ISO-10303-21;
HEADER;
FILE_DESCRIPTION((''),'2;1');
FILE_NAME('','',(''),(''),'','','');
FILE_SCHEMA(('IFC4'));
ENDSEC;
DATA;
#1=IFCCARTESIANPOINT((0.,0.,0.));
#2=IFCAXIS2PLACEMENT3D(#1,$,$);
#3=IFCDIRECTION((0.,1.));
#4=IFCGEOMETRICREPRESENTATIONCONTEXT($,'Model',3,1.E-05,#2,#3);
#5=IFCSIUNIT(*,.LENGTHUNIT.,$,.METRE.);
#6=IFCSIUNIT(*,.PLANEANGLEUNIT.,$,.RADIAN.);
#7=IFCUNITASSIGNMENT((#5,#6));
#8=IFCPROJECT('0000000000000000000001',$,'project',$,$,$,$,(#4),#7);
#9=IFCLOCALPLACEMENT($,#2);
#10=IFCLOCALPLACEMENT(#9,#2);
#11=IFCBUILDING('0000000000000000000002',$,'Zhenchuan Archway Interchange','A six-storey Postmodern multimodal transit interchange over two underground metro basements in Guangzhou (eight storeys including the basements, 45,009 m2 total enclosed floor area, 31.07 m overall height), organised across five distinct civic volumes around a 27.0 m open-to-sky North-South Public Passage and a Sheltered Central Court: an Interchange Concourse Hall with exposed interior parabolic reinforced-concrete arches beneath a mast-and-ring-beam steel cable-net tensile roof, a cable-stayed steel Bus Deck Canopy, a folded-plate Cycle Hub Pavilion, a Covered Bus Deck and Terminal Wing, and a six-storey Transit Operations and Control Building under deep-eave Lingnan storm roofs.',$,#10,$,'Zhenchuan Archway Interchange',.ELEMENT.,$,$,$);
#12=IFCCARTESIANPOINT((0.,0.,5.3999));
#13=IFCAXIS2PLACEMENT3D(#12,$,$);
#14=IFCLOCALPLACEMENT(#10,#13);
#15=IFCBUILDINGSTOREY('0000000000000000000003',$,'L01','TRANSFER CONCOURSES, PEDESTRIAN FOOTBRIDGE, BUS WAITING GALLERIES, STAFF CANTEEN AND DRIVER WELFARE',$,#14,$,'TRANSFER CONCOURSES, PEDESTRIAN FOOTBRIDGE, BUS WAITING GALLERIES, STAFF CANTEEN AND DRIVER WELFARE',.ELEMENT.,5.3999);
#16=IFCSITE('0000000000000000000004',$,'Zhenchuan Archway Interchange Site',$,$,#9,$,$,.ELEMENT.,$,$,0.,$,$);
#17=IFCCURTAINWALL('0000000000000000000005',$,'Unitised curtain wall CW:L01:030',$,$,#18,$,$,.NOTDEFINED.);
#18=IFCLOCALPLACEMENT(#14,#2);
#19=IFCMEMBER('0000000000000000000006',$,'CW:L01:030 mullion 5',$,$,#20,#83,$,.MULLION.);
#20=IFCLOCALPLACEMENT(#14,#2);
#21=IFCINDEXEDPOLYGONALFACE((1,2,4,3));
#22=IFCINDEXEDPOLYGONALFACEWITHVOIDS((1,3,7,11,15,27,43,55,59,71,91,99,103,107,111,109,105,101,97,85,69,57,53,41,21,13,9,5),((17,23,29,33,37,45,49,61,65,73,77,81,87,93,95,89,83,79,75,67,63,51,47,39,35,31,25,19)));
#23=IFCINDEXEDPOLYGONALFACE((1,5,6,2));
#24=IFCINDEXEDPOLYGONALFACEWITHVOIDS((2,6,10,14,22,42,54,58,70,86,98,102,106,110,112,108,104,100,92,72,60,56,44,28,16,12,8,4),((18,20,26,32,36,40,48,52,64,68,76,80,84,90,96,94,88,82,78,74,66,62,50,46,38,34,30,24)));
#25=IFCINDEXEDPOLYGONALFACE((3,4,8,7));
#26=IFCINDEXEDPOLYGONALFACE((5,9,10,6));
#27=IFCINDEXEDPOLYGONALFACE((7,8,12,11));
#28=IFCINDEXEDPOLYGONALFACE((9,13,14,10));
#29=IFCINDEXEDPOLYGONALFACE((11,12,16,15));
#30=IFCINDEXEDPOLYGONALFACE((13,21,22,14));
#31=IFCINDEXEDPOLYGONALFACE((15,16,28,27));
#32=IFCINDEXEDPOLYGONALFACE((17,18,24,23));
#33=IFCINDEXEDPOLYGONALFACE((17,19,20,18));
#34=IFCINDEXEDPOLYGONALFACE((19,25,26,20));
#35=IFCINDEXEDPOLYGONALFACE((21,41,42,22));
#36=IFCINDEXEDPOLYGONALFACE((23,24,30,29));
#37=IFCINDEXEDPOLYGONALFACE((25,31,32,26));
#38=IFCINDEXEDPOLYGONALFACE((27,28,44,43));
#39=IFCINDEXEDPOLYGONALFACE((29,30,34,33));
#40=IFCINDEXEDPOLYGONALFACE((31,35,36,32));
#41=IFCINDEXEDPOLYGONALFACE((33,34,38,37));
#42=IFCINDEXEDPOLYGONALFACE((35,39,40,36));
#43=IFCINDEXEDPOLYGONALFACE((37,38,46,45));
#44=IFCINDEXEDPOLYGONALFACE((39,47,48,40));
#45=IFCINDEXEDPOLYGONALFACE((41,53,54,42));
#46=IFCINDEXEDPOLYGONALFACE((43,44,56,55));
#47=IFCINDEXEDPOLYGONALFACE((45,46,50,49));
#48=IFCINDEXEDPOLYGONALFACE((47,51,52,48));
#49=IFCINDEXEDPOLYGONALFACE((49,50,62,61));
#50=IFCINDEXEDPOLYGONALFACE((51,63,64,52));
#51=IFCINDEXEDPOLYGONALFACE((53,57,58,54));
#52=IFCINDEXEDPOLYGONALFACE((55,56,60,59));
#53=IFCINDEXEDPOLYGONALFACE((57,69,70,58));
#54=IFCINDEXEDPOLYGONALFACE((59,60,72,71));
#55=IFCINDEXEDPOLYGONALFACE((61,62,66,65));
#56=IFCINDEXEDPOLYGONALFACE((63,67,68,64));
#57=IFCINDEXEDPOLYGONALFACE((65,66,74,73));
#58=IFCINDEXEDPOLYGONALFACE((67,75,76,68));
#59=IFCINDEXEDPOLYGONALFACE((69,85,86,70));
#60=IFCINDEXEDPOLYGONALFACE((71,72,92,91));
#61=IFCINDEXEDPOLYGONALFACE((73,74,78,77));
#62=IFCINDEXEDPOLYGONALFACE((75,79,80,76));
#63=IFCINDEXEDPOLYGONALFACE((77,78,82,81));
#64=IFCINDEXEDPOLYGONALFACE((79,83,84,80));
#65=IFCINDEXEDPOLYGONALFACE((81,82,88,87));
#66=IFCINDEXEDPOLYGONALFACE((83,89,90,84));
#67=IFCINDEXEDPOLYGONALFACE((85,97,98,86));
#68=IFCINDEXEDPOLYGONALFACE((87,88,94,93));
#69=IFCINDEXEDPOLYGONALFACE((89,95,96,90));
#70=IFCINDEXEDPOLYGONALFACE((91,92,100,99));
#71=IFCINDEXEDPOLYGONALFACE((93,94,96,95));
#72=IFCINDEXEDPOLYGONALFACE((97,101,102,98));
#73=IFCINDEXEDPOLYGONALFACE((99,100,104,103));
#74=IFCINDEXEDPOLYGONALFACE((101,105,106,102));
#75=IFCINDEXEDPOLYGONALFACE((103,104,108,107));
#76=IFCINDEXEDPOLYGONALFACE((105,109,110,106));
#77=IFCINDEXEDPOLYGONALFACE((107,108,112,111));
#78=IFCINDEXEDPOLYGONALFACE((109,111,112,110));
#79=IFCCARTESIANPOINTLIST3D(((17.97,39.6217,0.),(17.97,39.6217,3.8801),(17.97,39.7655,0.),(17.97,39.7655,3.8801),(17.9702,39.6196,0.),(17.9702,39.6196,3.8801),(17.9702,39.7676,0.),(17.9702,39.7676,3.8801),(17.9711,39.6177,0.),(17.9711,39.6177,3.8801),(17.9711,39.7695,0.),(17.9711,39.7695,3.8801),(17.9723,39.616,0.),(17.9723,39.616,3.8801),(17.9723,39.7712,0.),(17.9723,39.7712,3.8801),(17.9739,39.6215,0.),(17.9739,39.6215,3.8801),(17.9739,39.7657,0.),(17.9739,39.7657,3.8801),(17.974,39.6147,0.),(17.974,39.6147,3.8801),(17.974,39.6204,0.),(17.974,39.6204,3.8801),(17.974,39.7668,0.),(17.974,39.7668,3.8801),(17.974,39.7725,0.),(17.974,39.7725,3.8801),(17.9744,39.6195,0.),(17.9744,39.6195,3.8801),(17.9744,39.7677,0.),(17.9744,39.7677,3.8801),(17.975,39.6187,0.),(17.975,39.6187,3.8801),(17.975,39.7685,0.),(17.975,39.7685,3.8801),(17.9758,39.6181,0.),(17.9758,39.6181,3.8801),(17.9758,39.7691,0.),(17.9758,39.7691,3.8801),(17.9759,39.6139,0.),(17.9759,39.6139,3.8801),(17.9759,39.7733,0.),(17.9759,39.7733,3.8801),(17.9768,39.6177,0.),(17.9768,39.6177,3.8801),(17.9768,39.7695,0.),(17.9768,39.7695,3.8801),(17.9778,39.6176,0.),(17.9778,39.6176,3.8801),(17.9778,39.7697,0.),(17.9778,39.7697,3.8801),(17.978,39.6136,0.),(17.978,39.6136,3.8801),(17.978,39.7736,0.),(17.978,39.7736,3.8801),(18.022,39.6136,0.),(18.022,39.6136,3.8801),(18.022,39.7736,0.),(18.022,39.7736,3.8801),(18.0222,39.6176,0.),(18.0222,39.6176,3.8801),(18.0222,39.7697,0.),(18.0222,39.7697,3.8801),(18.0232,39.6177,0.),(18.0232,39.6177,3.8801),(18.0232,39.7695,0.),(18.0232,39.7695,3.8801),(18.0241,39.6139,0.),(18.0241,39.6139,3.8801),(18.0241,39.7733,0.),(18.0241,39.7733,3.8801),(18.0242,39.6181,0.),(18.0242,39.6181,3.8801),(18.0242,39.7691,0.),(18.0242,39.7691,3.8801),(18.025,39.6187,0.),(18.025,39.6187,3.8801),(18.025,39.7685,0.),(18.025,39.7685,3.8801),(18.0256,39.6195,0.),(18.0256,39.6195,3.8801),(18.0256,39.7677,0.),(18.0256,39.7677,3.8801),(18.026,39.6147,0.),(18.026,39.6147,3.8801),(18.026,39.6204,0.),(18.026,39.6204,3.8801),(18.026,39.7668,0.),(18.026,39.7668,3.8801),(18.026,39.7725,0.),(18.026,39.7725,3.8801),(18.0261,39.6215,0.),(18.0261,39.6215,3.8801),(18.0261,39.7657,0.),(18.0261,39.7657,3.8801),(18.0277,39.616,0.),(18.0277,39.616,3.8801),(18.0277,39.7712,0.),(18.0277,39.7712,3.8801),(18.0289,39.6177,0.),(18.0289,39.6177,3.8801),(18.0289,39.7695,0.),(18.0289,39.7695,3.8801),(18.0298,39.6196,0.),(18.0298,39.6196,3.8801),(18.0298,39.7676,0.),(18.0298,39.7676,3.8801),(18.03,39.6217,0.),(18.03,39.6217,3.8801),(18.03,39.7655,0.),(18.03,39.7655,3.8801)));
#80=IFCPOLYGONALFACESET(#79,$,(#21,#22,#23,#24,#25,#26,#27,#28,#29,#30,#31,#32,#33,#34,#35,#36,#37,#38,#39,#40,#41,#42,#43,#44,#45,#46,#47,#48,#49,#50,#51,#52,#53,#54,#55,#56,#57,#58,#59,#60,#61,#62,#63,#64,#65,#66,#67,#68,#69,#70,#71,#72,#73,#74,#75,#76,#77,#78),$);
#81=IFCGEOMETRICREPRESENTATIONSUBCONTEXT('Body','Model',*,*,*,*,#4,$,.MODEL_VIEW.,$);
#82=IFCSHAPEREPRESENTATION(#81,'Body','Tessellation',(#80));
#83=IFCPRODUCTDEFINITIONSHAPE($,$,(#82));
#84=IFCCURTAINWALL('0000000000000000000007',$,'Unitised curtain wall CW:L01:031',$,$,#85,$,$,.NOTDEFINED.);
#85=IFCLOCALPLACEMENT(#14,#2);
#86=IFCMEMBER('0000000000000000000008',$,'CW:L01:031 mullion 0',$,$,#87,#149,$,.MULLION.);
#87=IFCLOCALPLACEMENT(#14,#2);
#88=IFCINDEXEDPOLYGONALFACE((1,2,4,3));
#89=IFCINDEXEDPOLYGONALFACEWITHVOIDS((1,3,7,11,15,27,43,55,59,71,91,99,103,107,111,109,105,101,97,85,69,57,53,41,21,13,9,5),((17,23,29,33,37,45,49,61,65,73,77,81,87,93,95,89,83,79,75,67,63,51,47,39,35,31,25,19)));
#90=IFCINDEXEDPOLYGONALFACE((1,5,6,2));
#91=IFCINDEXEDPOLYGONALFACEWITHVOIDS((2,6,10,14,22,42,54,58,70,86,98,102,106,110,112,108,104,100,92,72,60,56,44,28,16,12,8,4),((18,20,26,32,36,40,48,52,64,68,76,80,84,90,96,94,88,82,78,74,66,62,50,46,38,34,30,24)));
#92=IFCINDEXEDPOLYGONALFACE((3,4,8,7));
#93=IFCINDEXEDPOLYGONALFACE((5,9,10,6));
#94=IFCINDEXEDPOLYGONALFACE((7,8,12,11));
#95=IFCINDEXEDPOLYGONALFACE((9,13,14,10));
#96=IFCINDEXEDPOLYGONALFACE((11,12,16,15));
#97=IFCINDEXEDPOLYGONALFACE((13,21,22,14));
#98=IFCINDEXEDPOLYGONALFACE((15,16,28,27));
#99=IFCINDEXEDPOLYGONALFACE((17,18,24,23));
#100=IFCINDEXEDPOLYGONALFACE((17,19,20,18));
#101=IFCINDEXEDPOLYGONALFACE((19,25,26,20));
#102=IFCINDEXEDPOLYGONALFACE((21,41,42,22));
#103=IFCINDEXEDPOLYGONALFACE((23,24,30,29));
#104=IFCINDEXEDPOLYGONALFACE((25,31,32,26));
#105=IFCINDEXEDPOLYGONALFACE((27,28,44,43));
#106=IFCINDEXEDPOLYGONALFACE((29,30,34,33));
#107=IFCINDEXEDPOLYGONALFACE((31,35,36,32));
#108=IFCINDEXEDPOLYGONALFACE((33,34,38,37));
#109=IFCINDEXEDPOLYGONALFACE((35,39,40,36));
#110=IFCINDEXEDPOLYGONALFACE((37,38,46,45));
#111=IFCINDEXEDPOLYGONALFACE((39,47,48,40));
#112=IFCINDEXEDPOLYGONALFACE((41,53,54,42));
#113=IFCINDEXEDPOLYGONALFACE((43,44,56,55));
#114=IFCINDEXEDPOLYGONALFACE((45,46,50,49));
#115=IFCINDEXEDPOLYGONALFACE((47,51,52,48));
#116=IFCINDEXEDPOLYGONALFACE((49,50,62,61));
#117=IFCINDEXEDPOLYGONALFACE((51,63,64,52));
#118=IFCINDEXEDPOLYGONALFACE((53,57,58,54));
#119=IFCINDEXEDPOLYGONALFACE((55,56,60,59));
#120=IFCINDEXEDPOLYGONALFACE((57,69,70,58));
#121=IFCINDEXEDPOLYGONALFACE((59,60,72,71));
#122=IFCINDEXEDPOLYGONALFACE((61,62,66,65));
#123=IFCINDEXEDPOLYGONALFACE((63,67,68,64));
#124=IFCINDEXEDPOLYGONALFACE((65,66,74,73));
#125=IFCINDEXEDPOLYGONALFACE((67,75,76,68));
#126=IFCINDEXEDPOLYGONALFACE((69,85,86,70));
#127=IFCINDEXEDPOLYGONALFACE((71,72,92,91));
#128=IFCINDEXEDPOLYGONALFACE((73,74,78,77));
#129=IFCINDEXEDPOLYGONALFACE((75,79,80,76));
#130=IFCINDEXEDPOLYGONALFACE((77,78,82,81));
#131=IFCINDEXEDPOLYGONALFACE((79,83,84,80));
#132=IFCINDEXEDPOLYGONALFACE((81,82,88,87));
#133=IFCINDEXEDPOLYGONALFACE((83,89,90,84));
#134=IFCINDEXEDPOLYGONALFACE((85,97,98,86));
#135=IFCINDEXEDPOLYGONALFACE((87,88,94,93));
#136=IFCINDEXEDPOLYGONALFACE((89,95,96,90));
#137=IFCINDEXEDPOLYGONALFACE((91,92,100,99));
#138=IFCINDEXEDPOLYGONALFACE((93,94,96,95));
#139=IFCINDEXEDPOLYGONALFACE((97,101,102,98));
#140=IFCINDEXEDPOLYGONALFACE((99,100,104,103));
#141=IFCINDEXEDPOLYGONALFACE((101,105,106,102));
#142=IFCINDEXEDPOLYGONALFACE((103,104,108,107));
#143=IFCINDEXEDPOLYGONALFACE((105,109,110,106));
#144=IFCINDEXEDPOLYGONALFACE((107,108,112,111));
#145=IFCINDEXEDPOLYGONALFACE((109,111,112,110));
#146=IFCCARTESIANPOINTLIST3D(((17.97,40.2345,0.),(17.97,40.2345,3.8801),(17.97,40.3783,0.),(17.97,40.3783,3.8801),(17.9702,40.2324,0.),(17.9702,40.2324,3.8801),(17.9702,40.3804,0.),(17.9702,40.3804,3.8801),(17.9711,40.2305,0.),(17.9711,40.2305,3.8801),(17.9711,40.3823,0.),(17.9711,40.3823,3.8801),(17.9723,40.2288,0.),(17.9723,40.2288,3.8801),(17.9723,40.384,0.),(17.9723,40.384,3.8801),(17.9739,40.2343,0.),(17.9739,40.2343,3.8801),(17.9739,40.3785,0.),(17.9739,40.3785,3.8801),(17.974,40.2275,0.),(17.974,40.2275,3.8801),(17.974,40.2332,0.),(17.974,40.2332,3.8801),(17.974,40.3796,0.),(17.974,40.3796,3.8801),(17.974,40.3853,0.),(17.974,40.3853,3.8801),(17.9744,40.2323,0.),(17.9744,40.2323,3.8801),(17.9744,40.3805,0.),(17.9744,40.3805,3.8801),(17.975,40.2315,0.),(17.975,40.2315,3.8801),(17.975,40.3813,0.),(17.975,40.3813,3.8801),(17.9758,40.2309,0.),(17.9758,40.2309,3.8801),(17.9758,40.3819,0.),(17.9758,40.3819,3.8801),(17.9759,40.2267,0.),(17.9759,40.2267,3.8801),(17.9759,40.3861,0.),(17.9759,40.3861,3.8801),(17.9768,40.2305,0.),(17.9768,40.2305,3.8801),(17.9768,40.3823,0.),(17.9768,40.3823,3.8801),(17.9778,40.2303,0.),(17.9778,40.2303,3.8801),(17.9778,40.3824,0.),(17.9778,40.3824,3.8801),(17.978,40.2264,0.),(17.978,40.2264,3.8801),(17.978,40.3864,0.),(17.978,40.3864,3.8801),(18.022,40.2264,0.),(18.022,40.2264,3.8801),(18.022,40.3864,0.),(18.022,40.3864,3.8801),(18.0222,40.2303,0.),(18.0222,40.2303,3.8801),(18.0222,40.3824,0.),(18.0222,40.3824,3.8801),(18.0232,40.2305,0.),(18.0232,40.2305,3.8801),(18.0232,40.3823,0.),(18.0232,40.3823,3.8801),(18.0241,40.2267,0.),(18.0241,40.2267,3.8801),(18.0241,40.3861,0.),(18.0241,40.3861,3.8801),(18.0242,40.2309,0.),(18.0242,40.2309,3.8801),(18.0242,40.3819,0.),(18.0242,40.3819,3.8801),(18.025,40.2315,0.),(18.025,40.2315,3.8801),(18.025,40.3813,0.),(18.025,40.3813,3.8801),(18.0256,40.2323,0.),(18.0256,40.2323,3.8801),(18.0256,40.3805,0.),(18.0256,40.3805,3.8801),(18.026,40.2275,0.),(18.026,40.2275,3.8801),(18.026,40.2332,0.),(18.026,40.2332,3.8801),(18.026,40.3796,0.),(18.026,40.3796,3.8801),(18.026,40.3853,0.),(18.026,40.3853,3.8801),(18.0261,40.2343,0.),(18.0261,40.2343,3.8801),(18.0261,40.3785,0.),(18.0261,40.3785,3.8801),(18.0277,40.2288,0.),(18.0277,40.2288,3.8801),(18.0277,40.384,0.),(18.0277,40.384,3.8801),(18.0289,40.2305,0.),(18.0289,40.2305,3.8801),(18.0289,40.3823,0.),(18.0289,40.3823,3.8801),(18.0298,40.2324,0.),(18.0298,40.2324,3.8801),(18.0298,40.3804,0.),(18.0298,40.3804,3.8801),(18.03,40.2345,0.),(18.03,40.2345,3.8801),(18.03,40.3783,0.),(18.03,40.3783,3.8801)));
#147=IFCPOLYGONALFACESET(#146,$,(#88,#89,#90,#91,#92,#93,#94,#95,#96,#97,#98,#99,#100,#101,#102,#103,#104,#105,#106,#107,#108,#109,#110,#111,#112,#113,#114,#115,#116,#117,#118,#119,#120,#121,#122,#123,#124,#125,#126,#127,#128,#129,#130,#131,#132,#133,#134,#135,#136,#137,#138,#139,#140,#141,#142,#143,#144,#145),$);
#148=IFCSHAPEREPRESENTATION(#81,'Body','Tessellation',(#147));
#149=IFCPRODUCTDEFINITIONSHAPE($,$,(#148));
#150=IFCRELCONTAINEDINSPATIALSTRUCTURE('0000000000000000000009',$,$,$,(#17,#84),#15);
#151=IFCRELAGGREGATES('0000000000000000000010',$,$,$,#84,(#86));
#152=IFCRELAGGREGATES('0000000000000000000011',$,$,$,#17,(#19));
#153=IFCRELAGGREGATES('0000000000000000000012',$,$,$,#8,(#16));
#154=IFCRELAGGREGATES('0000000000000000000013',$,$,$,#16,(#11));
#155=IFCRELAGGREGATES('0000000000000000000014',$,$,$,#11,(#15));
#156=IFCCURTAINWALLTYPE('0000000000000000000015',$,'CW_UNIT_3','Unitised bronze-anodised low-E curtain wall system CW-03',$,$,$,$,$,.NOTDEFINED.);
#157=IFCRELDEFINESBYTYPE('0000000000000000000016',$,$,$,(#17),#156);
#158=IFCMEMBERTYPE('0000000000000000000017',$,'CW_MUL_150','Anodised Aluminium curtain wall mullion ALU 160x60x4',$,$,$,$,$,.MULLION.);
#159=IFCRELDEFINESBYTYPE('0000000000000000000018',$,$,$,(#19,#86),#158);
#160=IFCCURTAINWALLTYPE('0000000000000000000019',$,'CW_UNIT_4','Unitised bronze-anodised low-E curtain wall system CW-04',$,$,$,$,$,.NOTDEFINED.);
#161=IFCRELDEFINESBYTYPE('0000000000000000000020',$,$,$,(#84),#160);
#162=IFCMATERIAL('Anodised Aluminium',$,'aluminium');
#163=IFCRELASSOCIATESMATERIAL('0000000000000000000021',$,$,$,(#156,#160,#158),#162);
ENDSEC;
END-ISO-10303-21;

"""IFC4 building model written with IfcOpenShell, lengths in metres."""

from ifc_helpers import new_model, si_unit, direction, frame, origin, origin_2d, place, context, subcontext, project, spatial, hollow_rectangle, extrude, material, material_profile, profile_set, type_object, element, aggregate, save


model = new_model("IFC4")

# Units and contexts
model_context = context("Model", 3, precision=1e-05, world=origin(), true_north=direction((0.0, 1.0)))
body_context = subcontext(model_context, "Body", "Model", "MODEL_VIEW")
ifc_project = project(units=[si_unit("LENGTHUNIT", "METRE"), si_unit("PLANEANGLEUNIT", "RADIAN")], contexts=[model_context])

# Site, building, storey
site_placement = place(None, origin())
site = spatial("IfcSite", under=ifc_project, at=site_placement, Name="Zhenchuan Archway Interchange Site", CompositionType="ELEMENT", RefElevation=0.0)
building_placement = place(site_placement, origin())
building = spatial("IfcBuilding", under=site, at=building_placement, Name="Zhenchuan Archway Interchange", Description="A six-storey Postmodern multimodal transit interchange over two underground metro basements in Guangzhou (eight storeys including the basements, 45,009 m2 total enclosed floor area, 31.07 m overall height), organised across five distinct civic volumes around a 27.0 m open-to-sky North-South Public Passage and a Sheltered Central Court: an Interchange Concourse Hall with exposed interior parabolic reinforced-concrete arches beneath a mast-and-ring-beam steel cable-net tensile roof, a cable-stayed steel Bus Deck Canopy, a folded-plate Cycle Hub Pavilion, a Covered Bus Deck and Terminal Wing, and a six-storey Transit Operations and Control Building under deep-eave Lingnan storm roofs.", LongName="Zhenchuan Archway Interchange", CompositionType="ELEMENT")
storey_placement = place(building_placement, frame((0.0, 0.0, 5.3999)))
storey = spatial("IfcBuildingStorey", under=building, at=storey_placement, Name="L01", Description="TRANSFER CONCOURSES, PEDESTRIAN FOOTBRIDGE, BUS WAITING GALLERIES, STAFF CANTEEN AND DRIVER WELFARE", LongName="TRANSFER CONCOURSES, PEDESTRIAN FOOTBRIDGE, BUS WAITING GALLERIES, STAFF CANTEEN AND DRIVER WELFARE", CompositionType="ELEMENT", Elevation=5.3999)

# Curtain wall, member
ifc_material_1 = material(Name="Anodised Aluminium", Category="aluminium")
curtain_wall_type_1 = type_object("IfcCurtainWallType", Name="CW_UNIT_3", Description="Unitised bronze-anodised low-E curtain wall system CW-03", PredefinedType="NOTDEFINED", material=ifc_material_1)
curtain_wall_1_placement = place(storey_placement, origin())
curtain_wall_1 = element("IfcCurtainWall", 1, at=curtain_wall_1_placement, inside=storey, type_object=curtain_wall_type_1, Name="Unitised curtain wall CW:L01:030", PredefinedType="NOTDEFINED")
ifc_material_profile_1 = material_profile(ifc_material_1, hollow_rectangle(XDim=0.0601, YDim=0.1599, WallThickness=0.0039, InnerFilletRadius=0.0039, OuterFilletRadius=0.0081, at=origin_2d()), Name="ALU 160x60x4")
ifc_profile_set_1 = profile_set([ifc_material_profile_1], Name="Anodised Aluminium")
member_type_1 = type_object("IfcMemberType", Name="CW_MUL_150", Description="Anodised Aluminium curtain wall mullion ALU 160x60x4", PredefinedType="MULLION", material=ifc_profile_set_1)
member_1_placement = place(storey_placement, frame((18.0, 39.6936, 0.0), z_axis=(0.0, 0.0, 1.0), x_axis=(1.0, 0.0, 0.0)))
member_1 = element("IfcMember", 2, at=member_1_placement, type_object=member_type_1, Name="CW:L01:030 mullion 5", PredefinedType="MULLION", context=body_context, shape_type="SweptSolid", body=[
    extrude(hollow_rectangle(XDim=0.0601, YDim=0.1599, WallThickness=0.0039, InnerFilletRadius=0.0039, OuterFilletRadius=0.0081, at=origin_2d()), origin(), (0.0, 0.0, 1.0), 3.8801),
])

# Curtain wall, member
curtain_wall_type_2 = type_object("IfcCurtainWallType", Name="CW_UNIT_4", Description="Unitised bronze-anodised low-E curtain wall system CW-04", PredefinedType="NOTDEFINED", material=ifc_material_1)
curtain_wall_2_placement = place(storey_placement, origin())
curtain_wall_2 = element("IfcCurtainWall", 3, at=curtain_wall_2_placement, inside=storey, type_object=curtain_wall_type_2, Name="Unitised curtain wall CW:L01:031", PredefinedType="NOTDEFINED")
member_2_placement = place(storey_placement, frame((18.0, 40.3064, 0.0), z_axis=(0.0, 0.0, 1.0), x_axis=(1.0, 0.0, 0.0)))
member_2 = element("IfcMember", 4, at=member_2_placement, type_object=member_type_1, Name="CW:L01:031 mullion 0", PredefinedType="MULLION", context=body_context, shape_type="SweptSolid", body=[
    extrude(hollow_rectangle(XDim=0.0601, YDim=0.1599, WallThickness=0.0039, InnerFilletRadius=0.0039, OuterFilletRadius=0.0081, at=origin_2d()), origin(), (0.0, 0.0, 1.0), 3.8801),
])

aggregate(curtain_wall_2, [member_2])

aggregate(curtain_wall_1, [member_1])

save(model, "model.ifc")
